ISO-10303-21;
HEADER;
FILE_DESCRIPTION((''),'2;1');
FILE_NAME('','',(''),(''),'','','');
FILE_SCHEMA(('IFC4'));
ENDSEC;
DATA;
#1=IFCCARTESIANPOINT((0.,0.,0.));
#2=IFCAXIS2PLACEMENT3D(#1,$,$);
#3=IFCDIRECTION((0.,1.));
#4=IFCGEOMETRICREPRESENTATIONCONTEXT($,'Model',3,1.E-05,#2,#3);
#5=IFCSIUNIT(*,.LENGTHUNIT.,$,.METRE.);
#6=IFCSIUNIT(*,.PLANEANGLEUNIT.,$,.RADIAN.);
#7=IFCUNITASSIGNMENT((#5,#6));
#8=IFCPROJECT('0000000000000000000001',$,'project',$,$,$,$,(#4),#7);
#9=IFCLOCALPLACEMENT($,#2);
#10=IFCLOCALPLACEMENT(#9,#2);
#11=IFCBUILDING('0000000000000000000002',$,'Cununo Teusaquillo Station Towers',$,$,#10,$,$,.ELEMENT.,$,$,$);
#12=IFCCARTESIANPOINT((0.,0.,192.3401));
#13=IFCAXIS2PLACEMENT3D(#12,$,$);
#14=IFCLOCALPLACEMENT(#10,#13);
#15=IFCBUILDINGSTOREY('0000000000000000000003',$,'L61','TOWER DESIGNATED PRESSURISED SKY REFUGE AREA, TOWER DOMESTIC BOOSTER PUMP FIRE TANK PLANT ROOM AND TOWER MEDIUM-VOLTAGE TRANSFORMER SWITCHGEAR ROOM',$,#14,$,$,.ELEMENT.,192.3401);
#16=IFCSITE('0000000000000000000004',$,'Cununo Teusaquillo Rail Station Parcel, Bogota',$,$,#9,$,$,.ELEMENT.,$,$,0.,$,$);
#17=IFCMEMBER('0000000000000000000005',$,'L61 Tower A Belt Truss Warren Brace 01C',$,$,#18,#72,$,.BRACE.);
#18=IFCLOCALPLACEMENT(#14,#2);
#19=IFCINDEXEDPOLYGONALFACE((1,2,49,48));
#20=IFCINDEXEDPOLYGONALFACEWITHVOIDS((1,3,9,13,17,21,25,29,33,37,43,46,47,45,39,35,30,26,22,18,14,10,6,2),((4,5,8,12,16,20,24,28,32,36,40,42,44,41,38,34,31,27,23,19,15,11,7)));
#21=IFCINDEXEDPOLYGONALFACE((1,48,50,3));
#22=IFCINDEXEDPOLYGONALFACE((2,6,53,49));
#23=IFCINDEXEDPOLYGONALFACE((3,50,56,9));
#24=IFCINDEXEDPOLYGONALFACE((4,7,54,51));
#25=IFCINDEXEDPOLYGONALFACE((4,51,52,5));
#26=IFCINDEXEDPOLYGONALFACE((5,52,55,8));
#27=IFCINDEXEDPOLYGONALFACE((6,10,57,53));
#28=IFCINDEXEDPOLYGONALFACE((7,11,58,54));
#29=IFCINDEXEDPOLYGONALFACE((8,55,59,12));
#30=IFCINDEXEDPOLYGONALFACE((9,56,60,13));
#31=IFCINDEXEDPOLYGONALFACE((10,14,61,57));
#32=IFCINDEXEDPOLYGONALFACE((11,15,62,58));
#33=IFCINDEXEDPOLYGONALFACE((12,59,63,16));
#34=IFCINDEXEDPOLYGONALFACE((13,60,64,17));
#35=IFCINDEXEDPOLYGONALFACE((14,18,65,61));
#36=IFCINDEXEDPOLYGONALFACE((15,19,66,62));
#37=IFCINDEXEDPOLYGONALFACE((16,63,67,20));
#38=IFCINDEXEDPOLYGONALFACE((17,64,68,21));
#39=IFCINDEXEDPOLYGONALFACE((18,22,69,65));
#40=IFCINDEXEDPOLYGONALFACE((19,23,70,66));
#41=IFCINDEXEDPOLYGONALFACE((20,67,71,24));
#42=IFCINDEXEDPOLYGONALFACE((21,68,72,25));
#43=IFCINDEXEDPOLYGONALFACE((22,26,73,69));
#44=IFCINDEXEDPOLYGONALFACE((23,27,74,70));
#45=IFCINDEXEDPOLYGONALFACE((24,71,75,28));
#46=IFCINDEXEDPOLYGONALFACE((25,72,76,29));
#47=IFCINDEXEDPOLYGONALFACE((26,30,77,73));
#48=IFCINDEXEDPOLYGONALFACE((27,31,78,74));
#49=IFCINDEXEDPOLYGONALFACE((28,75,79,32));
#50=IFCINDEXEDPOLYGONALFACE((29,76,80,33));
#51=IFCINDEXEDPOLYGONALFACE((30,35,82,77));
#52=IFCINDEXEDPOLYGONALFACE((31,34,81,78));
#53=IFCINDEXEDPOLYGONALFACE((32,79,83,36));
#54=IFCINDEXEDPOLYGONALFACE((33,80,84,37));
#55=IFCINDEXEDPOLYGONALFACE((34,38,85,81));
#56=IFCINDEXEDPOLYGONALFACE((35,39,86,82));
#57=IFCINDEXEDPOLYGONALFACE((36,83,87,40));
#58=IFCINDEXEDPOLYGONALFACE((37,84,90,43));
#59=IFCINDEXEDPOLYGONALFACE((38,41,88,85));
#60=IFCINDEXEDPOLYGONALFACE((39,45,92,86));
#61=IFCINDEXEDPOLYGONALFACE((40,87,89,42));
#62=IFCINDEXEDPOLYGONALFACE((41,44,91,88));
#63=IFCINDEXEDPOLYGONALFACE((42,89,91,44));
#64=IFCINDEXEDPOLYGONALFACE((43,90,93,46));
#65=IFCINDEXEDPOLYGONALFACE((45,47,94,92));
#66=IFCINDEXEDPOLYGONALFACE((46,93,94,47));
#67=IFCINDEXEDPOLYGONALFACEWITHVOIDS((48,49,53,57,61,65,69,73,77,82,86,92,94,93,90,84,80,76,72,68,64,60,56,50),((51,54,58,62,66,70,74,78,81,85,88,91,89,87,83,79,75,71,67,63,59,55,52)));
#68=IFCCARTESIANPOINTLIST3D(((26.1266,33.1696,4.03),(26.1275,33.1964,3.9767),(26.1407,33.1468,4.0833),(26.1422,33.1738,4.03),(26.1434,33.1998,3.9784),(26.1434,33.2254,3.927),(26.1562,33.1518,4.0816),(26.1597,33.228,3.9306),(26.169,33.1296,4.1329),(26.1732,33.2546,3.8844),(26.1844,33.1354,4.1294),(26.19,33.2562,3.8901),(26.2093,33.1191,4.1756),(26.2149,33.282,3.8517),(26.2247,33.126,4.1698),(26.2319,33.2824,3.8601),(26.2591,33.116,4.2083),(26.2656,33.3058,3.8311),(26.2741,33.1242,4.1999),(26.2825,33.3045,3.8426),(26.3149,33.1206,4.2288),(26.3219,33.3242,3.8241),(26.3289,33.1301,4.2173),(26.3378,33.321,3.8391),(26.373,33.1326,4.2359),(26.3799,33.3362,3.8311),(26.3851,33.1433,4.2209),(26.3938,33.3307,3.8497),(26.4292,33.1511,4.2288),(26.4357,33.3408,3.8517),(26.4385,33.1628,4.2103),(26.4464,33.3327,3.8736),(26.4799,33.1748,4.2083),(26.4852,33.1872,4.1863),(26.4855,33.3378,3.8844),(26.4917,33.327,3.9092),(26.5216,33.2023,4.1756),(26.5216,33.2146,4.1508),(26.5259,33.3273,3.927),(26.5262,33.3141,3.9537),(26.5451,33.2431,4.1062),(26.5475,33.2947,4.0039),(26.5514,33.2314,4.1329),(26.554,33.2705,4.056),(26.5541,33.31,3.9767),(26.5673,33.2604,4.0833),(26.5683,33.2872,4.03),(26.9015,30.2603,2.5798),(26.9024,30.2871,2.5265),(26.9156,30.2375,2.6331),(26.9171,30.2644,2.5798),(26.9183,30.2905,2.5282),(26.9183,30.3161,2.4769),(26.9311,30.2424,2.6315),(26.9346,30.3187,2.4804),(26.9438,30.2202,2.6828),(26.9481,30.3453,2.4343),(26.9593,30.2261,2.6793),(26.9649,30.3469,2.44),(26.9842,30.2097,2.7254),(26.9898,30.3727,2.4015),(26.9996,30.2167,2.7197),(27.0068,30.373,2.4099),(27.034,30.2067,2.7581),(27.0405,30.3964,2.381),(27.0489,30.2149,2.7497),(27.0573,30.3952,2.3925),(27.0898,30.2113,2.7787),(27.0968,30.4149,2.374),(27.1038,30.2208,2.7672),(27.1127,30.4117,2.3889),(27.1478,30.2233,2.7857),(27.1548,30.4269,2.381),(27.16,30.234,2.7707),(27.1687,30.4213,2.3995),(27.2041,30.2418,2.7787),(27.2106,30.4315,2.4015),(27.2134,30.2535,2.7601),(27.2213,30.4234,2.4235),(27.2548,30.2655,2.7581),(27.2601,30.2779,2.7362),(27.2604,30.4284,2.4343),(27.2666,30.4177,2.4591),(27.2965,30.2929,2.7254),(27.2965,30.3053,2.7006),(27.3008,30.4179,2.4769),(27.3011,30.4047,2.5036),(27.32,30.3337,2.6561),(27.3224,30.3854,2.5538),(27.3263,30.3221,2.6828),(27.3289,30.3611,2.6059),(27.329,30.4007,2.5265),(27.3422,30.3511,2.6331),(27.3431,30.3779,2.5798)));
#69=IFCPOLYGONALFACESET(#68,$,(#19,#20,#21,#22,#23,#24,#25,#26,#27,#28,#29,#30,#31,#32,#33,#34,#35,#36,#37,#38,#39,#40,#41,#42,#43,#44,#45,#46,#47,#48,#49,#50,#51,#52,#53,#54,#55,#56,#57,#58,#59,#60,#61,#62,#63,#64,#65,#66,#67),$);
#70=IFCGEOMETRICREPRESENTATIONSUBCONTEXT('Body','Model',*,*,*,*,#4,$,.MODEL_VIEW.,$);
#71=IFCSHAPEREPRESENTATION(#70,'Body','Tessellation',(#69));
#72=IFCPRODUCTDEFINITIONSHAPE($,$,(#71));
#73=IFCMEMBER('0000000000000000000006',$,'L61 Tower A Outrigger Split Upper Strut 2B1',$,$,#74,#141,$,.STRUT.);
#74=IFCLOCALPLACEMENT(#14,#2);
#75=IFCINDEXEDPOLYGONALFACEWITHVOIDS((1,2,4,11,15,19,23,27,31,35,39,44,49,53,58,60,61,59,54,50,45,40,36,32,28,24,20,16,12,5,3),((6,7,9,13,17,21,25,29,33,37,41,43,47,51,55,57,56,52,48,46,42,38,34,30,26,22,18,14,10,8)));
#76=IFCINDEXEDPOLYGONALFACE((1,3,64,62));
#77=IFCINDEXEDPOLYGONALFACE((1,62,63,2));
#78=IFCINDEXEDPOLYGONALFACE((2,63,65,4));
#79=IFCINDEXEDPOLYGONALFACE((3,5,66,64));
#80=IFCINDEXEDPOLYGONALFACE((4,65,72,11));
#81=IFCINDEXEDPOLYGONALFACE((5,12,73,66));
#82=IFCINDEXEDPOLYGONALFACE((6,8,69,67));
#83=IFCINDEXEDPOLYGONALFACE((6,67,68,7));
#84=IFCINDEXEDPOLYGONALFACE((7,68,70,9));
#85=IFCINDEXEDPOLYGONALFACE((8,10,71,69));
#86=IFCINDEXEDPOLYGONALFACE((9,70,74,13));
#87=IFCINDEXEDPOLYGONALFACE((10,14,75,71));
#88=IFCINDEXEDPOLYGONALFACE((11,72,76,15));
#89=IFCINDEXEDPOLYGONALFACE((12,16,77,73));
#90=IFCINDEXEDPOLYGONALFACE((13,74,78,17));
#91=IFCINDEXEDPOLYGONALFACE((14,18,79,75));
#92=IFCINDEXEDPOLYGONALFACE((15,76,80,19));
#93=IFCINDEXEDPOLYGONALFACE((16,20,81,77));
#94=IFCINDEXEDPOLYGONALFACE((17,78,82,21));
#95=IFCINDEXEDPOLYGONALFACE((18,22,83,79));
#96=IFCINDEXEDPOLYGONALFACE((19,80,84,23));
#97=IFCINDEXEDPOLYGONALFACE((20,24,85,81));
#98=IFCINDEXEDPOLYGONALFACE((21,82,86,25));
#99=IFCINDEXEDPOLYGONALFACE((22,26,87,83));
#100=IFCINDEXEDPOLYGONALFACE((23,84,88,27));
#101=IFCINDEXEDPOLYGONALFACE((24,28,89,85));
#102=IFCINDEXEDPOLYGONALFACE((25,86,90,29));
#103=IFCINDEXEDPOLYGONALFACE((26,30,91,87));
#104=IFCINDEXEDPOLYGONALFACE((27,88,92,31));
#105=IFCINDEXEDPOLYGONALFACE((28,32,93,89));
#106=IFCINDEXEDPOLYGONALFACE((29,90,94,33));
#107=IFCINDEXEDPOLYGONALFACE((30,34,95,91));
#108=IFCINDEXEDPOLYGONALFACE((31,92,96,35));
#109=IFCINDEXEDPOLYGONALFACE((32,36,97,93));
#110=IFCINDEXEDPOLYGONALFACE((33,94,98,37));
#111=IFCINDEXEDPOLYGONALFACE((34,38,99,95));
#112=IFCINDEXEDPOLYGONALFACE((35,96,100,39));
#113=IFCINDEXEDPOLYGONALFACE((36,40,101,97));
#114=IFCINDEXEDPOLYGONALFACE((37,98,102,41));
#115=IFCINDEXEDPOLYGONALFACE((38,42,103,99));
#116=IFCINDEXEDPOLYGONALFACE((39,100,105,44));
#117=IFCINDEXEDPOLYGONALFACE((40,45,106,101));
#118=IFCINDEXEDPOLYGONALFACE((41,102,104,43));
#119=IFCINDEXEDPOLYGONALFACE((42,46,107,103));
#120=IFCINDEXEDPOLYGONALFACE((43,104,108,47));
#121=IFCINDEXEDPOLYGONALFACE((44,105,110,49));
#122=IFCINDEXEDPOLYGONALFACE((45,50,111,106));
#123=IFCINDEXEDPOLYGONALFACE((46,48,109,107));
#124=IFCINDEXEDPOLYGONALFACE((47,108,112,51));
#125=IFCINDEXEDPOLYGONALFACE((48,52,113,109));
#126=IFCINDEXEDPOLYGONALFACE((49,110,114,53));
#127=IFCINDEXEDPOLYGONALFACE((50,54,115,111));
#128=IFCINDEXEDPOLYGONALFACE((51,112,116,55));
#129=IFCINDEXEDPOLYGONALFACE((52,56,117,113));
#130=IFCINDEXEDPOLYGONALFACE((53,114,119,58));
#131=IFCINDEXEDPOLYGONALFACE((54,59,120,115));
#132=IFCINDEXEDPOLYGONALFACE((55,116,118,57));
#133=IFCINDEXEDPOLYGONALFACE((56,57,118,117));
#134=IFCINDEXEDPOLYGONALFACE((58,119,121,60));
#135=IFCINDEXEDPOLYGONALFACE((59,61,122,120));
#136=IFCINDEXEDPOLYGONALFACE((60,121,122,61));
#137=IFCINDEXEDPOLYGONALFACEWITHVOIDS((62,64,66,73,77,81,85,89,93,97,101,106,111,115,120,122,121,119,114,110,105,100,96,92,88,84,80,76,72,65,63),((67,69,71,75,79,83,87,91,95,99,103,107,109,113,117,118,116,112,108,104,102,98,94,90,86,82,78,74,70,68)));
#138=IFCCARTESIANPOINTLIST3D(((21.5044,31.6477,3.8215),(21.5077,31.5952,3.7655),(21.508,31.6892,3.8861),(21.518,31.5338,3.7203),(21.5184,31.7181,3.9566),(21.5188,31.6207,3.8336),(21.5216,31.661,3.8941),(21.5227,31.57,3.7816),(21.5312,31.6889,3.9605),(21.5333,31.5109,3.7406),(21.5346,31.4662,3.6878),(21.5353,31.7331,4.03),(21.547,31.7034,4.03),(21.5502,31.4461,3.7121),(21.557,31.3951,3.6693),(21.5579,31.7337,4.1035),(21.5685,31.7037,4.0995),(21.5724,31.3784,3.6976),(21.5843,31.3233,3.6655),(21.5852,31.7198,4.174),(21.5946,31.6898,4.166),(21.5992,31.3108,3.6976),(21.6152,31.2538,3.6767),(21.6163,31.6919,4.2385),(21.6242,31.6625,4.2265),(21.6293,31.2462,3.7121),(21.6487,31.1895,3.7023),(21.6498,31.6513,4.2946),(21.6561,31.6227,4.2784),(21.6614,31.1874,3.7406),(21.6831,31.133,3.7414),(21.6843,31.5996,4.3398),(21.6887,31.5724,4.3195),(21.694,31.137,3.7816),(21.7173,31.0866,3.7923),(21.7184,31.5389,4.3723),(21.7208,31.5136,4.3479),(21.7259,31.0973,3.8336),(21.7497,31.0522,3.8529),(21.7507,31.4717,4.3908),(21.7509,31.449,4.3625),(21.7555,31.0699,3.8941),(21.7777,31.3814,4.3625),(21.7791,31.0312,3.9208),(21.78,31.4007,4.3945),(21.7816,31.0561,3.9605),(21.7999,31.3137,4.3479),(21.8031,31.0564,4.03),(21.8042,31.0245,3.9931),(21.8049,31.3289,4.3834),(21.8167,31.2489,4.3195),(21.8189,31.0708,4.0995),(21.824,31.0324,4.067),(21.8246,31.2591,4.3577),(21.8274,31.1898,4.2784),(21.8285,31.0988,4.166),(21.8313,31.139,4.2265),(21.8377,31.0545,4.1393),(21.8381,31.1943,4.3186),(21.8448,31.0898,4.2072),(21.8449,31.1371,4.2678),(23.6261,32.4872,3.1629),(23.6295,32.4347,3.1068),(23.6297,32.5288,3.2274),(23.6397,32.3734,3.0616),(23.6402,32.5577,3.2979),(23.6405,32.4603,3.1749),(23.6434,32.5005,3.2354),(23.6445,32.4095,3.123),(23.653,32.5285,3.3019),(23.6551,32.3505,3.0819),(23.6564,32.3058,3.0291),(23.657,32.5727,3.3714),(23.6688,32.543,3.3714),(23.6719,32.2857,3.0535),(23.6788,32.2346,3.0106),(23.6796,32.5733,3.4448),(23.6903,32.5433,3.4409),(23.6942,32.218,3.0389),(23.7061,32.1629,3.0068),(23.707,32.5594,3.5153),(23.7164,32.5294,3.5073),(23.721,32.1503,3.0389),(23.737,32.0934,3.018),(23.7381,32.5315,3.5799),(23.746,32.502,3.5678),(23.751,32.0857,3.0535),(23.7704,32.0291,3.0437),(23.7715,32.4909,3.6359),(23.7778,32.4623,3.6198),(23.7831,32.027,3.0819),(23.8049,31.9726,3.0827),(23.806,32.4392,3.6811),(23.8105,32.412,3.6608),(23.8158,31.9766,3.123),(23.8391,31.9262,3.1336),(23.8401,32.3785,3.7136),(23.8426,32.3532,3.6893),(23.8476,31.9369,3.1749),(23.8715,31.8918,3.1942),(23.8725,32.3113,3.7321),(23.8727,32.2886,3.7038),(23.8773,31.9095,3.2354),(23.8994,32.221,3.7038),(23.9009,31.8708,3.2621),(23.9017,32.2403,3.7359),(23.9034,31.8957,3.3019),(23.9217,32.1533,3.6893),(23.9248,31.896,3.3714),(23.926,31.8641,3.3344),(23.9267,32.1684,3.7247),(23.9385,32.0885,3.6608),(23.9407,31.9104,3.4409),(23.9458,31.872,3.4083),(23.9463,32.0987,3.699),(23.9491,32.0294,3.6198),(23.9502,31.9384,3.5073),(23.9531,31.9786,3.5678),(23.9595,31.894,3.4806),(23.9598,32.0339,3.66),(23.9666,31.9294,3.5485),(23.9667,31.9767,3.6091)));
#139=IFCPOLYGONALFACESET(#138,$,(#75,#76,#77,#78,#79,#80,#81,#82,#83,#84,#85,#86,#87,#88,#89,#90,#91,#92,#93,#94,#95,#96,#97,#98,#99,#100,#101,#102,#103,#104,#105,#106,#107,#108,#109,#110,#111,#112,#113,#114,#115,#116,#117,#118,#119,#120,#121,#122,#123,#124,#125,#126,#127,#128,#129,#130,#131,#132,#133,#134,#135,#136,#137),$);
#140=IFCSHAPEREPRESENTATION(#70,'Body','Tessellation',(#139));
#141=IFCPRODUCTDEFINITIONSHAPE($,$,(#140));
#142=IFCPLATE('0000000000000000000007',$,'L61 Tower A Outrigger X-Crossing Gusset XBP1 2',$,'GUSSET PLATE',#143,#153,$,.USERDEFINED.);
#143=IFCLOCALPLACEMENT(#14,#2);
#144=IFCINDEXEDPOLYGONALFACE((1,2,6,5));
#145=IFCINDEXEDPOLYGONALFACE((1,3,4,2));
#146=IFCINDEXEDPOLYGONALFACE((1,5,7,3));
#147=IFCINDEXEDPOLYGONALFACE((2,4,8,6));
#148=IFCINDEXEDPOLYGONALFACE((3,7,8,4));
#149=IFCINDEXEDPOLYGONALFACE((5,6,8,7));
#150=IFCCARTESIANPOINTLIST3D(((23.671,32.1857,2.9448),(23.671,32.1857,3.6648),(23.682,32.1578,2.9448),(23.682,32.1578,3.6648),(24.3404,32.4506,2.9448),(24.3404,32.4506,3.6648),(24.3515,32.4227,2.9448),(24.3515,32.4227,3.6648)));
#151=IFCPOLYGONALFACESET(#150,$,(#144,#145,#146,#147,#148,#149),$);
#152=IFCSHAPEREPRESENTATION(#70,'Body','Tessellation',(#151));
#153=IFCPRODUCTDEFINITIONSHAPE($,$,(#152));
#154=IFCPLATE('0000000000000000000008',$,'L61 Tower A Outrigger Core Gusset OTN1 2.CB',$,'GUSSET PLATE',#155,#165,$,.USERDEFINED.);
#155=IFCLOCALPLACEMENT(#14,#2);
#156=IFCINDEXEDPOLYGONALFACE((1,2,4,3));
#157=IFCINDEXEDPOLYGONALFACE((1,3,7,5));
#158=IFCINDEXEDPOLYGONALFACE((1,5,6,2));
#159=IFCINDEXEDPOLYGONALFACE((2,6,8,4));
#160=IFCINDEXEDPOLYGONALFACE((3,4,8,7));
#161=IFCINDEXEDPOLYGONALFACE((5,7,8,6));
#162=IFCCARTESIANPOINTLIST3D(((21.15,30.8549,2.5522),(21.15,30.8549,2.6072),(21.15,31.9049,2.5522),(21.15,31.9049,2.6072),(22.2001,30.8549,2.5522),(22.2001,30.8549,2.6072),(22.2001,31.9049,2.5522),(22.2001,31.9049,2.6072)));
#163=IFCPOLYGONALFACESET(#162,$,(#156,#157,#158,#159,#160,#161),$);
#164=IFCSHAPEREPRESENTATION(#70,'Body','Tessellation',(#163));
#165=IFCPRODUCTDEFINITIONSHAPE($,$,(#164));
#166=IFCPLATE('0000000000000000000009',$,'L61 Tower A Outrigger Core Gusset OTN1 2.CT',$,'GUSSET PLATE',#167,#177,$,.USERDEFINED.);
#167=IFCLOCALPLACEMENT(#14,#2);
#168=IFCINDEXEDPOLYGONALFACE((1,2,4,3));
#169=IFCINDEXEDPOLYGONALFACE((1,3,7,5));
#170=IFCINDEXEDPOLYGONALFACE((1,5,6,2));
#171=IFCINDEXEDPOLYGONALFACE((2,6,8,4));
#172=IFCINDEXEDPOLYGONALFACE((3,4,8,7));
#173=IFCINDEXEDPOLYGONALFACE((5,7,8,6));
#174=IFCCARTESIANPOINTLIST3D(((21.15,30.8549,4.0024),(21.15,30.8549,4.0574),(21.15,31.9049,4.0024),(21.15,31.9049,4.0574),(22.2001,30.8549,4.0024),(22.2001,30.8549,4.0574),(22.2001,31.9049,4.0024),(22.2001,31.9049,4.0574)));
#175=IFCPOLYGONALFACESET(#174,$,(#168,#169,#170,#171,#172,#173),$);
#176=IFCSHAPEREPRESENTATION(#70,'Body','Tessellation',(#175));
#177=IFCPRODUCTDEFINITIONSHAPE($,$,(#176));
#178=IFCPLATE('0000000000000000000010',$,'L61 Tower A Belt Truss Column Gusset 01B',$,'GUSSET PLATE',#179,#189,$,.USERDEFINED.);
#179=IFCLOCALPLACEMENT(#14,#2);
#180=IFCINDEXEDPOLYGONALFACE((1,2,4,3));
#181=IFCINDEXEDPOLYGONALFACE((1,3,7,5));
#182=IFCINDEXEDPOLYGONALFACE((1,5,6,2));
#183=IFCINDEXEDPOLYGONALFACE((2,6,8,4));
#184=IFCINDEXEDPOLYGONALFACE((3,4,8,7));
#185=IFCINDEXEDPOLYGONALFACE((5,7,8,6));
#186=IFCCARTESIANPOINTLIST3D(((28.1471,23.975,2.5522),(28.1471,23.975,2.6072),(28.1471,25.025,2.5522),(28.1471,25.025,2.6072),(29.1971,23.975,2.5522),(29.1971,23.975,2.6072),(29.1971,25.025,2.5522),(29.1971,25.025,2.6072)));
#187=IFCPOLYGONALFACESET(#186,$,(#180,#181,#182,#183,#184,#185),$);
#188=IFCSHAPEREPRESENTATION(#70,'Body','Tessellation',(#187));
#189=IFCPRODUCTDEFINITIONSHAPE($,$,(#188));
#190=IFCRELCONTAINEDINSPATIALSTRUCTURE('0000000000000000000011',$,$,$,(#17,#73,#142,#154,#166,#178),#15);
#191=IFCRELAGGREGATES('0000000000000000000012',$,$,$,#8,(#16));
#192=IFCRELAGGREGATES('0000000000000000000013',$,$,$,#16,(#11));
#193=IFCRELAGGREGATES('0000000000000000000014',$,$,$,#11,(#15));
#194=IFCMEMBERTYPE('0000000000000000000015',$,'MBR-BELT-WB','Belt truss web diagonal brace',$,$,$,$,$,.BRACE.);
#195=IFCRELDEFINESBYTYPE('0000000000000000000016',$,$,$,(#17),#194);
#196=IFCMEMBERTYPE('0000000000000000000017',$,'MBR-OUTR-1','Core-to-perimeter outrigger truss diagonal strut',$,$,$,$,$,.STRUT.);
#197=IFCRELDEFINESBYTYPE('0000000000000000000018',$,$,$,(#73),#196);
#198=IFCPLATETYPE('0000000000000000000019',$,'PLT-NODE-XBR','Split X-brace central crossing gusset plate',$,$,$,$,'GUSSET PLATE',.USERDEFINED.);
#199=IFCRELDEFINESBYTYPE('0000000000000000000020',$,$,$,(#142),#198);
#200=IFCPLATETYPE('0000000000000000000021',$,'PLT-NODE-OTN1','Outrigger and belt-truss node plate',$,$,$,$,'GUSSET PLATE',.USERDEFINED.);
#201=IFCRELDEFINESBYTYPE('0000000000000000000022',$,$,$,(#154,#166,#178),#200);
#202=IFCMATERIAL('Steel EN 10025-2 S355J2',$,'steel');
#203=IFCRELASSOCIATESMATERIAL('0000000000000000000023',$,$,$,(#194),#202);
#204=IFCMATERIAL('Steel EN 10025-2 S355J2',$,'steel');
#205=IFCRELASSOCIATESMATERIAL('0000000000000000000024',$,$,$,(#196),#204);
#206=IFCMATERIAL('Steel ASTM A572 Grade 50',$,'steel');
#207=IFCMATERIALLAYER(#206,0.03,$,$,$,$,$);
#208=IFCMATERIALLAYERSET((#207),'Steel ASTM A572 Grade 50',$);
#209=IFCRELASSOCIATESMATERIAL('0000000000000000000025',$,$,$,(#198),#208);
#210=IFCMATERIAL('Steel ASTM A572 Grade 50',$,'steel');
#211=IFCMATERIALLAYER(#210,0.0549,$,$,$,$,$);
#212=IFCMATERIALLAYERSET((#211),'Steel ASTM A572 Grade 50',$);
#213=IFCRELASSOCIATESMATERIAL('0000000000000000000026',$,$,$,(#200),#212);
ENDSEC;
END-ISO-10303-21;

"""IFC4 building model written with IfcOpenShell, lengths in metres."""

from ifc_helpers import new_model, si_unit, direction, frame, origin, origin_2d, place, context, subcontext, project, spatial, rectangle, hollow_circle, extrude, source, transform, mapped, material, layer, layer_set, material_profile, profile_set, type_object, element, save


model = new_model("IFC4")

# Units and contexts
model_context = context("Model", 3, precision=1e-05, world=origin(), true_north=direction((0.0, 1.0)))
body_context = subcontext(model_context, "Body", "Model", "MODEL_VIEW")
ifc_project = project(units=[si_unit("LENGTHUNIT", "METRE"), si_unit("PLANEANGLEUNIT", "RADIAN")], contexts=[model_context])

# Site, building, storey
site_placement = place(None, origin())
site = spatial("IfcSite", under=ifc_project, at=site_placement, Name="Cununo Teusaquillo Rail Station Parcel, Bogota", CompositionType="ELEMENT", RefElevation=0.0)
building_placement = place(site_placement, origin())
building = spatial("IfcBuilding", under=site, at=building_placement, Name="Cununo Teusaquillo Station Towers", CompositionType="ELEMENT")
storey_placement = place(building_placement, frame((0.0, 0.0, 192.3401)))
storey = spatial("IfcBuildingStorey", under=building, at=storey_placement, Name="L61", Description="TOWER DESIGNATED PRESSURISED SKY REFUGE AREA, TOWER DOMESTIC BOOSTER PUMP FIRE TANK PLANT ROOM AND TOWER MEDIUM-VOLTAGE TRANSFORMER SWITCHGEAR ROOM", CompositionType="ELEMENT", Elevation=192.3401)

# Members
ifc_material_1 = material(Name="Steel EN 10025-2 S355J2", Category="steel")
ifc_material_profile_1 = material_profile(ifc_material_1, hollow_circle(Radius=0.2285, WallThickness=0.0161, at=origin_2d()), Name="CHS 457x16")
ifc_profile_set_1 = profile_set([ifc_material_profile_1], Name="Steel EN 10025-2 S355J2")
member_type_1 = type_object("IfcMemberType", Name="MBR-BELT-WB", Description="Belt truss web diagonal brace", PredefinedType="BRACE", material=ifc_profile_set_1)
member_1_placement = place(storey_placement, frame((27.1223, 30.3191, 2.5798), z_axis=(-0.231875, 0.87059, 0.433944), x_axis=(-0.966313, -0.25737, 0.0)))
element("IfcMember", 1, at=member_1_placement, inside=storey, type_object=member_type_1, Name="L61 Tower A Belt Truss Warren Brace 01C", PredefinedType="BRACE", context=body_context, shape_type="SweptSolid", body=[
    extrude(hollow_circle(Radius=0.2285, WallThickness=0.0161, at=origin_2d()), origin(), (0.0, 0.0, 1.0), 3.3418),
])
ifc_material_2 = material(Name="Steel EN 10025-2 S355J2", Category="steel")
ifc_material_profile_2 = material_profile(ifc_material_2, hollow_circle(Radius=0.3799, WallThickness=0.032, at=origin_2d()), Name="CHS 760x32")
ifc_profile_set_2 = profile_set([ifc_material_profile_2], Name="Steel EN 10025-2 S355J2")
member_type_2 = type_object("IfcMemberType", Name="MBR-OUTR-1", Description="Core-to-perimeter outrigger truss diagonal strut", PredefinedType="STRUT", material=ifc_profile_set_2)
member_2_placement = place(storey_placement, frame((21.675, 31.3799, 4.03), z_axis=(0.893375, 0.353505, -0.277336), x_axis=(-0.367939, 0.92985, 0.0)))
element("IfcMember", 2, at=member_2_placement, inside=storey, type_object=member_type_2, Name="L61 Tower A Outrigger Split Upper Strut 2B1", PredefinedType="STRUT", context=body_context, shape_type="SweptSolid", body=[
    extrude(hollow_circle(Radius=0.3799, WallThickness=0.032, at=origin_2d()), origin(), (0.0, 0.0, 1.0), 2.375),
])

# Plates
ifc_material_3 = material(Name="Steel ASTM A572 Grade 50", Category="steel")
ifc_layer_1 = layer(ifc_material_3, 0.03)
ifc_layer_set_1 = layer_set([ifc_layer_1], Name="Steel ASTM A572 Grade 50")
plate_type_1 = type_object("IfcPlateType", Name="PLT-NODE-XBR", Description="Split X-brace central crossing gusset plate", ElementType="GUSSET PLATE", PredefinedType="USERDEFINED", material=ifc_layer_set_1)
shared_shape_1 = source(origin(), body_context, "Body", "SweptSolid", [
    extrude(rectangle(XDim=0.72, YDim=0.03, at=origin_2d()), origin(), (0.0, 0.0, 1.0), 0.72),
])
plate_placement = place(storey_placement, frame((24.0112, 32.3042, 2.9448), z_axis=(0.0, 0.0, 1.0), x_axis=(0.929841, 0.367962, 0.0)))
element("IfcPlate", 3, at=plate_placement, inside=storey, type_object=plate_type_1, Name="L61 Tower A Outrigger X-Crossing Gusset XBP1 2", ObjectType="GUSSET PLATE", PredefinedType="USERDEFINED", context=body_context, shape_type="MappedRepresentation", body=[
    mapped(shared_shape_1, transform((0.0, 0.0, 0.0), x_axis=(1.0, 0.0, 0.0), y_axis=(0.0, 1.0, 0.0), z_axis=(0.0, 0.0, 1.0), scale=1.0)),
])
ifc_material_4 = material(Name="Steel ASTM A572 Grade 50", Category="steel")
ifc_layer_2 = layer(ifc_material_4, 0.0549)
ifc_layer_set_2 = layer_set([ifc_layer_2], Name="Steel ASTM A572 Grade 50")
plate_type_2 = type_object("IfcPlateType", Name="PLT-NODE-OTN1", Description="Outrigger and belt-truss node plate", ElementType="GUSSET PLATE", PredefinedType="USERDEFINED", material=ifc_layer_set_2)
shared_shape_2 = source(origin(), body_context, "Body", "SweptSolid", [
    extrude(rectangle(XDim=1.05, YDim=1.05, at=origin_2d()), origin(), (0.0, 0.0, 1.0), 0.0549),
])
for number, where, z_axis, x_axis, name in (
    (4, (21.675, 31.3799, 2.5522), (0.0, 0.0, 1.0), (1.0, 0.0, 0.0), "L61 Tower A Outrigger Core Gusset OTN1 2.CB"),
    (5, (21.675, 31.3799, 4.0024), (0.0, 0.0, 1.0), (1.0, 0.0, 0.0), "L61 Tower A Outrigger Core Gusset OTN1 2.CT"),
    (6, (28.6721, 24.5, 2.5522), (0.0, 0.0, 1.0), (1.0, 0.0, 0.0), "L61 Tower A Belt Truss Column Gusset 01B"),
):
    element("IfcPlate", number, at=place(storey_placement, frame(where, z_axis=z_axis, x_axis=x_axis)), inside=storey, type_object=plate_type_2, Name=name, ObjectType="GUSSET PLATE", PredefinedType="USERDEFINED", context=body_context, shape_type="MappedRepresentation", body=[
        mapped(shared_shape_2, transform((0.0, 0.0, 0.0), x_axis=(1.0, 0.0, 0.0), y_axis=(0.0, 1.0, 0.0), z_axis=(0.0, 0.0, 1.0), scale=1.0)),
    ])

save(model, "model.ifc")
